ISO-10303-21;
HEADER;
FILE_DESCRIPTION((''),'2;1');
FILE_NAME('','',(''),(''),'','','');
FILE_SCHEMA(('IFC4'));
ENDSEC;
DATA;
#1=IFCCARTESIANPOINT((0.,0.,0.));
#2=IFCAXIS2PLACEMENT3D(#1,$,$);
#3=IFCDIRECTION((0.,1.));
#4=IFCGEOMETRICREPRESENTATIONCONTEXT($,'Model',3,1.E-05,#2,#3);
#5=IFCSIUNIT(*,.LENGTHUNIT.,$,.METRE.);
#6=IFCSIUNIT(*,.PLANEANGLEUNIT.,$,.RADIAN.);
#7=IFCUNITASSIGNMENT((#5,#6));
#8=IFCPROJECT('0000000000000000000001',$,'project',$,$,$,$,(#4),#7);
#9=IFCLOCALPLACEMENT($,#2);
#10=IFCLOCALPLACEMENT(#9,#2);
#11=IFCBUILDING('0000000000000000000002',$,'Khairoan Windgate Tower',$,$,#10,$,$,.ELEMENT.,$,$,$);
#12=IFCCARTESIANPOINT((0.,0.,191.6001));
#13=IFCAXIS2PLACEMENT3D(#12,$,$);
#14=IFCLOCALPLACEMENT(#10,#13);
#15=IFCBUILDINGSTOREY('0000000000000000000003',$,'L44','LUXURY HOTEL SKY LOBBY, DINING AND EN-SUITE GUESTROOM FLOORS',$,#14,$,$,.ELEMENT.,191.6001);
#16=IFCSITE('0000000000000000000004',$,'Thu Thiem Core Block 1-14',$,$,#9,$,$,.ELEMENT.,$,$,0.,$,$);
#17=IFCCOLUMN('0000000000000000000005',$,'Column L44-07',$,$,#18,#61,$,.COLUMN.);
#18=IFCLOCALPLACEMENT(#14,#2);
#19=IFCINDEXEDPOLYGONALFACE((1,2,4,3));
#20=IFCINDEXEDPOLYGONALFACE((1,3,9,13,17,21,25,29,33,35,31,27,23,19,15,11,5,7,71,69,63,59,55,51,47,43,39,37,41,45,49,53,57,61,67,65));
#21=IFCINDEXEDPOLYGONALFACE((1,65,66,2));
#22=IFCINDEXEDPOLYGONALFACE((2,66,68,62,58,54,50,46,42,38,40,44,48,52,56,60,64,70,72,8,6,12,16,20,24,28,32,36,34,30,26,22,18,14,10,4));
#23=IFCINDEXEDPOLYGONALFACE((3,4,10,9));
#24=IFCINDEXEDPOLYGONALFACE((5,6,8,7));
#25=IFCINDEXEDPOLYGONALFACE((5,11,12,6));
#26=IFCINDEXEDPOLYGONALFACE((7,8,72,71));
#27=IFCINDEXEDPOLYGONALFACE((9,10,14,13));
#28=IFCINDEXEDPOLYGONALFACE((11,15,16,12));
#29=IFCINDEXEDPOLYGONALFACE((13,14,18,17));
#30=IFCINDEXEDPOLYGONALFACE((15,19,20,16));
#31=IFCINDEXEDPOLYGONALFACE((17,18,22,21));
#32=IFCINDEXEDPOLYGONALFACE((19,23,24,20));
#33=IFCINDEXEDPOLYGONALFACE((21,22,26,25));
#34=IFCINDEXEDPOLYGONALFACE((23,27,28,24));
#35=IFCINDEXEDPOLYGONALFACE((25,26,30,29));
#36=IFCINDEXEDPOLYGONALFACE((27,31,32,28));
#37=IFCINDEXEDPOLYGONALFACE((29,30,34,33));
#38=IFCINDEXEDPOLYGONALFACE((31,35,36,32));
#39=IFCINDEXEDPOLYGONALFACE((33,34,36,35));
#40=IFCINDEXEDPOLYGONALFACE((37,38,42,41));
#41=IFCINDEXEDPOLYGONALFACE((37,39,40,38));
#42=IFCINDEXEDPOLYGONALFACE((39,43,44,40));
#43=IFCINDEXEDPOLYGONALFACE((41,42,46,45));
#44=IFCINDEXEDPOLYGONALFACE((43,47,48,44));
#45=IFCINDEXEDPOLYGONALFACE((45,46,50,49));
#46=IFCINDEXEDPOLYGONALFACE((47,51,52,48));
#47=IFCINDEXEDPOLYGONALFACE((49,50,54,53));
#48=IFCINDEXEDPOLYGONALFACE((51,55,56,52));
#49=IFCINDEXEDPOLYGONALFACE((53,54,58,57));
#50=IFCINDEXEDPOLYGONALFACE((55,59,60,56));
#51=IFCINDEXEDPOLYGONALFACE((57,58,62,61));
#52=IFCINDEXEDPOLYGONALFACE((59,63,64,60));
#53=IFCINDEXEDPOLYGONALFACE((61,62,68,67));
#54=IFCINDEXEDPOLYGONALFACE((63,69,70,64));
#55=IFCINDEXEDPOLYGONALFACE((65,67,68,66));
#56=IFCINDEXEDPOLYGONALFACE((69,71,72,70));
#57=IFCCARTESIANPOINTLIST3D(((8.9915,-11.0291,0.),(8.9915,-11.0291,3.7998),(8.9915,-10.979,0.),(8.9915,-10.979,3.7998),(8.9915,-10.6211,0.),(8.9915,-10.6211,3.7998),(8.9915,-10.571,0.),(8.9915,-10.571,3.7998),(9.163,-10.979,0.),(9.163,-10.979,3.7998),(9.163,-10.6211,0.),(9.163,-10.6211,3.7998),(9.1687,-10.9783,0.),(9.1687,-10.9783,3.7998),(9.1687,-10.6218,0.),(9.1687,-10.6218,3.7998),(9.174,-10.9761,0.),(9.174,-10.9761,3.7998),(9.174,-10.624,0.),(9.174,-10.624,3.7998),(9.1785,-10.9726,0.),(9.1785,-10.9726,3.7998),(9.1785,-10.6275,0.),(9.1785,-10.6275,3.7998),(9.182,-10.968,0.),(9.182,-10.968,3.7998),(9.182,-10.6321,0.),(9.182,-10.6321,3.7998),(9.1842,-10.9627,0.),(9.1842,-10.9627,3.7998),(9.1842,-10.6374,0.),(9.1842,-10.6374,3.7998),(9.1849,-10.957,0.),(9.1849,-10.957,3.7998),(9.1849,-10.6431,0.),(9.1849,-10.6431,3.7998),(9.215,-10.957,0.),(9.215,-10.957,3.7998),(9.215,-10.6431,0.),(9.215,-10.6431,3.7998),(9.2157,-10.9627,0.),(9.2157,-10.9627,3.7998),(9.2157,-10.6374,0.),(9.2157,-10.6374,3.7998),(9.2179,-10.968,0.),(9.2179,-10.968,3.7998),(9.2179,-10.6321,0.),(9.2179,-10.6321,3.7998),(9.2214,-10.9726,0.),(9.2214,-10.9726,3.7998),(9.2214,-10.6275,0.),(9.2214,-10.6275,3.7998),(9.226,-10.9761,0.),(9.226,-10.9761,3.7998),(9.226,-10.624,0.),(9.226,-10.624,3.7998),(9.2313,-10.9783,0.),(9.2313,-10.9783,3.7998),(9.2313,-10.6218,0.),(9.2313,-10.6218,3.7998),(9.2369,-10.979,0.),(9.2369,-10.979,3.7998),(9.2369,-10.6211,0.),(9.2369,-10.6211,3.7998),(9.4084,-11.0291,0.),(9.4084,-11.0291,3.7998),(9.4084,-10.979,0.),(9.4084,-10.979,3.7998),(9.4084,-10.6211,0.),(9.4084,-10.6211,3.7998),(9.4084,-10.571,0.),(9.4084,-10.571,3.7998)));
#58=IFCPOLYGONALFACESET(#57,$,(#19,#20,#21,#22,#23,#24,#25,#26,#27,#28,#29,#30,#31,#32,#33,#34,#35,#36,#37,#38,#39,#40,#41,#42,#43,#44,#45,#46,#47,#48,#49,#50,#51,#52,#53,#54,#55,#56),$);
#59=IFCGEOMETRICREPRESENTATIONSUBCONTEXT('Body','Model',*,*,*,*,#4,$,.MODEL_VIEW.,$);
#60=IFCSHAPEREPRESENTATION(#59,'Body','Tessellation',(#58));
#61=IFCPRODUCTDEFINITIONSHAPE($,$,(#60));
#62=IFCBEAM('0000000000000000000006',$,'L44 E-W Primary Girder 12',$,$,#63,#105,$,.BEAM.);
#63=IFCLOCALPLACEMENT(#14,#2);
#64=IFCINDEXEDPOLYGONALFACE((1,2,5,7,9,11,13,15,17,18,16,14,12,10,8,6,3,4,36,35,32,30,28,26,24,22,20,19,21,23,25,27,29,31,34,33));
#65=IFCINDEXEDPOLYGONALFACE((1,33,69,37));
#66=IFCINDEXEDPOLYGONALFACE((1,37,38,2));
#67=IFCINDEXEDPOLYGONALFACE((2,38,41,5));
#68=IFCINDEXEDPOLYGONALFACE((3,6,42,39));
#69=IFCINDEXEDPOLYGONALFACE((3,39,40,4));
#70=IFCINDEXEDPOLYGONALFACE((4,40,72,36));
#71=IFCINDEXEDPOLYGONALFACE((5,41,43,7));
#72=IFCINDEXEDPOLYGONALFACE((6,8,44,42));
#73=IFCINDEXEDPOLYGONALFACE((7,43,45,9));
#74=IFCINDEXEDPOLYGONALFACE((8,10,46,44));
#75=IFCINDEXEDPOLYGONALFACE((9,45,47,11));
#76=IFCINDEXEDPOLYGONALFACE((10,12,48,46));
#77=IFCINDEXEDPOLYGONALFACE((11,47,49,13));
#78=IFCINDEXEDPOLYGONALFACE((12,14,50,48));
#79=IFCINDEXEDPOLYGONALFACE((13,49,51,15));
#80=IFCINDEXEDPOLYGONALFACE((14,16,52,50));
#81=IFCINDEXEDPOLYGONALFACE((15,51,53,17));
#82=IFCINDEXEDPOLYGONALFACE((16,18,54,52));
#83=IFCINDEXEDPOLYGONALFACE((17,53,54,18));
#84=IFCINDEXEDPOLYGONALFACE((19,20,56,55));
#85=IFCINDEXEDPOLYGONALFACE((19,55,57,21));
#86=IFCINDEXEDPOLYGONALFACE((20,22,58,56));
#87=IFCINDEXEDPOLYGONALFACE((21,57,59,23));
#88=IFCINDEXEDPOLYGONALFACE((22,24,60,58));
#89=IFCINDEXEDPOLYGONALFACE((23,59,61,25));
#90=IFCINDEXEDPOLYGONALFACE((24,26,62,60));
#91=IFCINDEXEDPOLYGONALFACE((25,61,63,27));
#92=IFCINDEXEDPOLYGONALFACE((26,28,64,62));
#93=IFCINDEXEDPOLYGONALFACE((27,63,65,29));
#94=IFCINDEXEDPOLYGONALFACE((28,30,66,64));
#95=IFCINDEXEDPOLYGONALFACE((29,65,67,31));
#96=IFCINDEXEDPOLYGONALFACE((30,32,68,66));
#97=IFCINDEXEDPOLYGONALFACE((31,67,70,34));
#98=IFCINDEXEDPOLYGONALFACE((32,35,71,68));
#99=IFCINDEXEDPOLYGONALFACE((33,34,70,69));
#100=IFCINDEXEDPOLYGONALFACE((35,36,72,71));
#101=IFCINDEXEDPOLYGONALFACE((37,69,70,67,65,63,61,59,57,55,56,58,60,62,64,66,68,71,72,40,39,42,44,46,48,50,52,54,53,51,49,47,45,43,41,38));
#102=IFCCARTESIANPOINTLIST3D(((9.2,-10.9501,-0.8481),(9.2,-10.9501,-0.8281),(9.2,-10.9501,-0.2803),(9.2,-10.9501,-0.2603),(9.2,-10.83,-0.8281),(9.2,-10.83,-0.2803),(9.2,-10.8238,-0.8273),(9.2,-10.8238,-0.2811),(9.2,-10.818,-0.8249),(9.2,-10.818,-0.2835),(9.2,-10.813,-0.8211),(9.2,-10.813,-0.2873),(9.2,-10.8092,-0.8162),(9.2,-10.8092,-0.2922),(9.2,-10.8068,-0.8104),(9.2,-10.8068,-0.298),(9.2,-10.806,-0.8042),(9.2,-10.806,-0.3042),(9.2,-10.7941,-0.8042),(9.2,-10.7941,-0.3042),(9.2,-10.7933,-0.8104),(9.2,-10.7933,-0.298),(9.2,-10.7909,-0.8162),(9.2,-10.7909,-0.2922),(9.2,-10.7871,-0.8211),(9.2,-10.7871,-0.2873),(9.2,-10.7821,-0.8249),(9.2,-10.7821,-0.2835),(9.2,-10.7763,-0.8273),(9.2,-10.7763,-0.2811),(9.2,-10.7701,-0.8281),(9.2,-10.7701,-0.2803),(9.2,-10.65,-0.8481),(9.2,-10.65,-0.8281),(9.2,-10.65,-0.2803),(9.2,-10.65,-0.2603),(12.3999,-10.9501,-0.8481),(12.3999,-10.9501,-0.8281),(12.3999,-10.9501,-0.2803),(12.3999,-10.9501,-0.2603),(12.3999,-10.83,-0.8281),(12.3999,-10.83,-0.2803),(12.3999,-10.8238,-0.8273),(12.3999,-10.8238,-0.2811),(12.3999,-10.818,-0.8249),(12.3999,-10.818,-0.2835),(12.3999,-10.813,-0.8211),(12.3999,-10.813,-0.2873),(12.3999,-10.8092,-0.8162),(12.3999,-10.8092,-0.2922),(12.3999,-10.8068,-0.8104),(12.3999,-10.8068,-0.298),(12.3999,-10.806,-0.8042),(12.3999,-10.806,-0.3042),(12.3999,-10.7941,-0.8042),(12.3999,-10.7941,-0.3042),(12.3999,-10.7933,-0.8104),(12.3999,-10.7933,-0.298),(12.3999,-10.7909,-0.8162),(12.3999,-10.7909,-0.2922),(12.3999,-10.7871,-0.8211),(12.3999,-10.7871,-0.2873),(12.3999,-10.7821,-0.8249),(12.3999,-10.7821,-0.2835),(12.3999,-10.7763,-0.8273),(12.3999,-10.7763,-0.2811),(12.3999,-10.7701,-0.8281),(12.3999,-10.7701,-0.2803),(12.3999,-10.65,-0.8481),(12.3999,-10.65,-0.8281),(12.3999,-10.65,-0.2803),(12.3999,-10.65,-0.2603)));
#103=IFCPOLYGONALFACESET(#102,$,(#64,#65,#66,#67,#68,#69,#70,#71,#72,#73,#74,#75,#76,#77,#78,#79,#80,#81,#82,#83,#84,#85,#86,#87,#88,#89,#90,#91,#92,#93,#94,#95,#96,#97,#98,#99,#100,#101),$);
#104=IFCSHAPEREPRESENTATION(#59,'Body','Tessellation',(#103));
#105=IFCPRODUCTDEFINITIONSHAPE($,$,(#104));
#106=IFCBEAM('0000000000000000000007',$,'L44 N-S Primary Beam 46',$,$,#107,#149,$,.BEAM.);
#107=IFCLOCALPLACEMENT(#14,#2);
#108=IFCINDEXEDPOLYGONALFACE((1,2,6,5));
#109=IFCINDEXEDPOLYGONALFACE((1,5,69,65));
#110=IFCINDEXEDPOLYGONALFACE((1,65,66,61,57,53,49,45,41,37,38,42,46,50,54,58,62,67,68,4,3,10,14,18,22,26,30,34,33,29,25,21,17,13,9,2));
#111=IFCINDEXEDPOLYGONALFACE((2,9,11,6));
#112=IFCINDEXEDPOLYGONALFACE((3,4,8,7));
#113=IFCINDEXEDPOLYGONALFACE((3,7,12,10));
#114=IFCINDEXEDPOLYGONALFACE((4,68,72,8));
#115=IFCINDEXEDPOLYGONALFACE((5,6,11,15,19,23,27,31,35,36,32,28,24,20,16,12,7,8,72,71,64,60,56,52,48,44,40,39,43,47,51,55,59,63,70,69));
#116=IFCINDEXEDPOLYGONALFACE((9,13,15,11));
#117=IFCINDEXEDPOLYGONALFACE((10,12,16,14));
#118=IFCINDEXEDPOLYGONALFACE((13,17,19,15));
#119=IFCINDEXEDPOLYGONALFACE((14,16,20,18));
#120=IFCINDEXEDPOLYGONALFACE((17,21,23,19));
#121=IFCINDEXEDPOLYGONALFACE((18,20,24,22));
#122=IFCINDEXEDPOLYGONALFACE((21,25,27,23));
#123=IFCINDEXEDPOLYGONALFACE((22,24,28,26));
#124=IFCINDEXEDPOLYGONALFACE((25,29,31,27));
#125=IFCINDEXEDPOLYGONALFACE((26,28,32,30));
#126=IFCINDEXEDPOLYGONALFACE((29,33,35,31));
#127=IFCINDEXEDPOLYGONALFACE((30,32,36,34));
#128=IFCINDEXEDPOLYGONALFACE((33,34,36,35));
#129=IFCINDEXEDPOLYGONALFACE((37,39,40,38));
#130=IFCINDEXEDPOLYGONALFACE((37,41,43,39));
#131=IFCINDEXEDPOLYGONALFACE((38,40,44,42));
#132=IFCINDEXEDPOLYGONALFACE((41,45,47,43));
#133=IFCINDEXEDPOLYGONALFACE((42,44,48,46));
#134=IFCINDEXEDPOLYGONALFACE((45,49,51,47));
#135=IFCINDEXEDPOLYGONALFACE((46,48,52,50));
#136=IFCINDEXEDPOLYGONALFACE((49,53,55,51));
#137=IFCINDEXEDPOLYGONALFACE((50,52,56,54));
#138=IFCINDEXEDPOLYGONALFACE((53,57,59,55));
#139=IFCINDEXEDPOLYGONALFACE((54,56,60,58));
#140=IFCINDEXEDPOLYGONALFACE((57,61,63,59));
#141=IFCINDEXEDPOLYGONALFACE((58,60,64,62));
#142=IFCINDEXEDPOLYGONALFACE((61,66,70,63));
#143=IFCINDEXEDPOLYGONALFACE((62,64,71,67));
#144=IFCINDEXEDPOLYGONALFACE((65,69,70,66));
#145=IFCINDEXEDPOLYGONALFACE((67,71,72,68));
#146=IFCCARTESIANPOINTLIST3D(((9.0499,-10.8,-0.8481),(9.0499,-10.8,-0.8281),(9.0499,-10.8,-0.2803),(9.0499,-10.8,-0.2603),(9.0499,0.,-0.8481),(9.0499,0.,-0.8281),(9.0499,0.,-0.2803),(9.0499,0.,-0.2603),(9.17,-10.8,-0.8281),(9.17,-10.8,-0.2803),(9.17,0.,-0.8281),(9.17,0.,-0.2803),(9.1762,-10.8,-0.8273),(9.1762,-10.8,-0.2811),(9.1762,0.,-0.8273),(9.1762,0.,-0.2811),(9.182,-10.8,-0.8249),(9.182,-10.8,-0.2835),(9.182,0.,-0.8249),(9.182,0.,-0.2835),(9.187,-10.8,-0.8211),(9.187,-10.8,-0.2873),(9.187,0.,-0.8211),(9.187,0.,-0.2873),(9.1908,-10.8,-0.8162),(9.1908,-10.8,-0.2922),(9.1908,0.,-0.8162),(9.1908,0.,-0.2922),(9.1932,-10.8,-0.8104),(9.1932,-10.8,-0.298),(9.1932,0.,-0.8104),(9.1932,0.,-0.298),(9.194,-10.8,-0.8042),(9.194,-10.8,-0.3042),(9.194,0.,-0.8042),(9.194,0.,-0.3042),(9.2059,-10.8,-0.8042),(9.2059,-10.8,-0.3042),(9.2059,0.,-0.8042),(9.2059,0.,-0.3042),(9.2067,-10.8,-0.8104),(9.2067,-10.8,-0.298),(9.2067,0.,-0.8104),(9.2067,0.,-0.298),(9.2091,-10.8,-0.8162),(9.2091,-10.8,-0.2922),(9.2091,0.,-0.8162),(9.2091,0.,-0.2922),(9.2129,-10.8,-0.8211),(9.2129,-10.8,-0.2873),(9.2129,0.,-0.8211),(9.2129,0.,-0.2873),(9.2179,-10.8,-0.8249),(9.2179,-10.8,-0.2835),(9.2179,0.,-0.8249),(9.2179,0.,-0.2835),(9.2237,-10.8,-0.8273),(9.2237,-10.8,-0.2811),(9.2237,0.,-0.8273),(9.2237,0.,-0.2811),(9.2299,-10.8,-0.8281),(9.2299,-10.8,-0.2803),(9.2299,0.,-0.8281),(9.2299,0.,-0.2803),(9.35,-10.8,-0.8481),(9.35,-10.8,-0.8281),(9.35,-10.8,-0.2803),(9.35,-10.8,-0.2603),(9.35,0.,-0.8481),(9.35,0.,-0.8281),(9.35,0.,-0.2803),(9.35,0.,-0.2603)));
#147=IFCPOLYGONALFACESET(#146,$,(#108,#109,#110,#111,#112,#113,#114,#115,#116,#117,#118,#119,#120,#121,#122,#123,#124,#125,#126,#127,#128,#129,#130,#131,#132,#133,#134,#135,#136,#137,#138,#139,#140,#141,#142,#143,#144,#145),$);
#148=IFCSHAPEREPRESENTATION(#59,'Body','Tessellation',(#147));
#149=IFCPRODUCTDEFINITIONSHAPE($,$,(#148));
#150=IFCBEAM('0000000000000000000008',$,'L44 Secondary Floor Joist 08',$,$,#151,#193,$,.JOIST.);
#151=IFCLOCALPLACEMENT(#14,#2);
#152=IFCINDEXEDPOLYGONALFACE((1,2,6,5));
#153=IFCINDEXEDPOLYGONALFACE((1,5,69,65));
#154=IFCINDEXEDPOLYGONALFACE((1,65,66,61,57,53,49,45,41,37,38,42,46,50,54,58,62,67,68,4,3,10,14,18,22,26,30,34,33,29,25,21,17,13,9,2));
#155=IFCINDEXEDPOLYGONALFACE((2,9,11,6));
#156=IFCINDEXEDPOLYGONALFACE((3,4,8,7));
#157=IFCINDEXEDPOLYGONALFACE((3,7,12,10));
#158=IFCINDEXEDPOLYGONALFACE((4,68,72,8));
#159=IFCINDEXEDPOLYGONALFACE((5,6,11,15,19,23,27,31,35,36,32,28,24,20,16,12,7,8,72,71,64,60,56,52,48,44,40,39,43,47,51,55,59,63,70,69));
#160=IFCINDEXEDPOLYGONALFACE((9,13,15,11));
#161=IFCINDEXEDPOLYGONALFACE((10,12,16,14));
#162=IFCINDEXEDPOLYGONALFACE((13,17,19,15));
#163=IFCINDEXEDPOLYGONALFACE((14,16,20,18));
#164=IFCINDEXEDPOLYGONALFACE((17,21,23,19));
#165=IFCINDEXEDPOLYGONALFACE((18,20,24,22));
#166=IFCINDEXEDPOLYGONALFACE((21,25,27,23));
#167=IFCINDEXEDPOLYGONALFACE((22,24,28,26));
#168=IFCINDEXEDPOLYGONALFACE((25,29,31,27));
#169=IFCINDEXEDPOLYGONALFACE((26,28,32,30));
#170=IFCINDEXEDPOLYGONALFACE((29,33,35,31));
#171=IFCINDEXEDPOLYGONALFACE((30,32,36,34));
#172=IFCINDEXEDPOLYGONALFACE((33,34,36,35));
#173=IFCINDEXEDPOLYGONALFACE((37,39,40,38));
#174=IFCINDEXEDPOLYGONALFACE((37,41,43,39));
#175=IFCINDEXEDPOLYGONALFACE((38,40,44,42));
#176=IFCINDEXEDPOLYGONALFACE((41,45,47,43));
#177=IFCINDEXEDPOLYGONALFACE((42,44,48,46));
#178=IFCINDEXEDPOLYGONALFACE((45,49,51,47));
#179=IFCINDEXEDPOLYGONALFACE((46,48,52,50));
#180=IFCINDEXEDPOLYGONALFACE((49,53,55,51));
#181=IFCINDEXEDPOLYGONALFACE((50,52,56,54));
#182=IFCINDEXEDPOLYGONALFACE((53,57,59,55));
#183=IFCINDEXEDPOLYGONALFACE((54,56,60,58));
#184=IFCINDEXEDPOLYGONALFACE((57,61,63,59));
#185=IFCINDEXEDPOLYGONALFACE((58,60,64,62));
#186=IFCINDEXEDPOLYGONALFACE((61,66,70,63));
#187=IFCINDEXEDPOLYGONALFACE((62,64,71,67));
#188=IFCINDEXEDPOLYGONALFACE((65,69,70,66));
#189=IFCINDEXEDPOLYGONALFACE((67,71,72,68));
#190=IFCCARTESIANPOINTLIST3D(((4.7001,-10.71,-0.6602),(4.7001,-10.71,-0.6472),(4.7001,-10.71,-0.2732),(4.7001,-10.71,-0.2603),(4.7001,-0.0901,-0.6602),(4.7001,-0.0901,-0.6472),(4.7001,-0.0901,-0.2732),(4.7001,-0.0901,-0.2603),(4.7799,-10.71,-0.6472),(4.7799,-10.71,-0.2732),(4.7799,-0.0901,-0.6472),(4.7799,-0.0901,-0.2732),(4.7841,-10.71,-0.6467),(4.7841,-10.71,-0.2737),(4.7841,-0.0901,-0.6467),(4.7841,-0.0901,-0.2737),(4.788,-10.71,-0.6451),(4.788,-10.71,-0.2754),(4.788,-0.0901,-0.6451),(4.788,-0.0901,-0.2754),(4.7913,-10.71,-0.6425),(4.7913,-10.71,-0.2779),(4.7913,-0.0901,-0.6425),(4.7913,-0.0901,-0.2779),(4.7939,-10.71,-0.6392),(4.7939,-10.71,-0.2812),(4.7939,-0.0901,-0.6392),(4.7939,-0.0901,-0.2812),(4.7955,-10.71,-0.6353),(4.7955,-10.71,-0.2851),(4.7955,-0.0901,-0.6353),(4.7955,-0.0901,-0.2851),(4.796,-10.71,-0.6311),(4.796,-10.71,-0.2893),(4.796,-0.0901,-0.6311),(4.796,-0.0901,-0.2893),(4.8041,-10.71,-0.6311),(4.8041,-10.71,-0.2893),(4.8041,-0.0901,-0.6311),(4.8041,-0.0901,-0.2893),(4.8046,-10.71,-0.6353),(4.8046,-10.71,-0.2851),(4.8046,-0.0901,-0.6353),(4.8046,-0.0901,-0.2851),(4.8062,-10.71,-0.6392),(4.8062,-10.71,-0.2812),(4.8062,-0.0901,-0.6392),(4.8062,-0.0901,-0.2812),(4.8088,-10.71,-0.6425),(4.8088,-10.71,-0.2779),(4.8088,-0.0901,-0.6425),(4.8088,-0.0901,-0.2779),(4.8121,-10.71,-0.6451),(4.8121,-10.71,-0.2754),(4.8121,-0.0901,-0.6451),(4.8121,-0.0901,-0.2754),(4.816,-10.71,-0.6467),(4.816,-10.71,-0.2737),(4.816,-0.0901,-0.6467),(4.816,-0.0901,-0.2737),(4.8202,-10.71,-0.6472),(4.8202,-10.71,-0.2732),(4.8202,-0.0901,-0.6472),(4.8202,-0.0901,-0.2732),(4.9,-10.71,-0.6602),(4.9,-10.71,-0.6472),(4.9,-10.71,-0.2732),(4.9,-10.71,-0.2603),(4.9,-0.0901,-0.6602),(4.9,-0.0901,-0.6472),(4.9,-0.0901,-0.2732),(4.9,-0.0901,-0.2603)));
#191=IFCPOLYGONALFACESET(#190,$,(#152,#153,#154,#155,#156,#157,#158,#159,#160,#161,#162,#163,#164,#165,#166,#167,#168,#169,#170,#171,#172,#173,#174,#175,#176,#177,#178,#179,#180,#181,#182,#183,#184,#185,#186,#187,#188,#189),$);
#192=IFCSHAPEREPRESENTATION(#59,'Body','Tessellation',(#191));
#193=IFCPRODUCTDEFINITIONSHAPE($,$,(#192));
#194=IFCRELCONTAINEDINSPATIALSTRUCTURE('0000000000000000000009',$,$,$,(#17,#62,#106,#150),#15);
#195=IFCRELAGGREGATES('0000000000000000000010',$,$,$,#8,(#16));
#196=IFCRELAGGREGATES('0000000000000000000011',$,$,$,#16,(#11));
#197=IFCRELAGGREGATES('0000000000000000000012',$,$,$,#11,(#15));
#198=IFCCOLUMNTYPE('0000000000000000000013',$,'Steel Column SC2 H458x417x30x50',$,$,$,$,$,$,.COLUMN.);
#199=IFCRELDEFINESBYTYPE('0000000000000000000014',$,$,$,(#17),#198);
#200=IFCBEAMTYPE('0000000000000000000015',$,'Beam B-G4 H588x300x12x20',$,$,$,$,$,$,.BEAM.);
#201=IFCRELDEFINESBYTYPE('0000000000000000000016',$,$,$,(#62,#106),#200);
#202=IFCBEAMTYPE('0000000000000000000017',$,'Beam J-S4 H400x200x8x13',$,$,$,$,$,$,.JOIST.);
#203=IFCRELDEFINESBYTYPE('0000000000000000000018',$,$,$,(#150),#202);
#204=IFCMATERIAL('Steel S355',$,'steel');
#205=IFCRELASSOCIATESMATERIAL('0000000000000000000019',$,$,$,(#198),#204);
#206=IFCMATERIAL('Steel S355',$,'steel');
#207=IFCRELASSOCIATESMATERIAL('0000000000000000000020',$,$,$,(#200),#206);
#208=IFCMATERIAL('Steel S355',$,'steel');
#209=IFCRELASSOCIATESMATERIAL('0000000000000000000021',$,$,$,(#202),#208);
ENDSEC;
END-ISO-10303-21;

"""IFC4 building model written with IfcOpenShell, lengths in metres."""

from ifc_helpers import new_model, si_unit, direction, frame, origin, origin_2d, place, context, subcontext, project, spatial, i_section, extrude, material, material_profile, profile_set, type_object, element, save


model = new_model("IFC4")

# Units and contexts
model_context = context("Model", 3, precision=1e-05, world=origin(), true_north=direction((0.0, 1.0)))
body_context = subcontext(model_context, "Body", "Model", "MODEL_VIEW")
ifc_project = project(units=[si_unit("LENGTHUNIT", "METRE"), si_unit("PLANEANGLEUNIT", "RADIAN")], contexts=[model_context])

# Site, building, storey
site_placement = place(None, origin())
site = spatial("IfcSite", under=ifc_project, at=site_placement, Name="Thu Thiem Core Block 1-14", CompositionType="ELEMENT", RefElevation=0.0)
building_placement = place(site_placement, origin())
building = spatial("IfcBuilding", under=site, at=building_placement, Name="Khairoan Windgate Tower", CompositionType="ELEMENT")
storey_placement = place(building_placement, frame((0.0, 0.0, 191.6001)))
storey = spatial("IfcBuildingStorey", under=building, at=storey_placement, Name="L44", Description="LUXURY HOTEL SKY LOBBY, DINING AND EN-SUITE GUESTROOM FLOORS", CompositionType="ELEMENT", Elevation=191.6001)

# Column
ifc_material_1 = material(Name="Steel S355", Category="steel")
ifc_material_profile_1 = material_profile(ifc_material_1, i_section(OverallWidth=0.417, OverallDepth=0.458, WebThickness=0.03, FlangeThickness=0.05, FilletRadius=0.022, at=origin_2d()))
ifc_profile_set_1 = profile_set([ifc_material_profile_1], Name="Steel S355")
column_type = type_object("IfcColumnType", Name="Steel Column SC2 H458x417x30x50", PredefinedType="COLUMN", material=ifc_profile_set_1)
column_placement = place(storey_placement, frame((9.2, -10.8, 0.0), z_axis=(0.0, 0.0, 1.0), x_axis=(1.0, 0.0, 0.0)))
element("IfcColumn", 1, at=column_placement, inside=storey, type_object=column_type, Name="Column L44-07", PredefinedType="COLUMN", context=body_context, shape_type="SweptSolid", body=[
    extrude(i_section(OverallWidth=0.417, OverallDepth=0.458, WebThickness=0.03, FlangeThickness=0.05, FilletRadius=0.022, at=origin_2d()), origin(), (0.0, 0.0, 1.0), 3.7998),
])

# Beams
ifc_material_2 = material(Name="Steel S355", Category="steel")
ifc_material_profile_2 = material_profile(ifc_material_2, i_section(OverallWidth=0.3, OverallDepth=0.5879, WebThickness=0.012, FlangeThickness=0.02, FilletRadius=0.0239, at=origin_2d()))
ifc_profile_set_2 = profile_set([ifc_material_profile_2], Name="Steel S355")
beam_type_1 = type_object("IfcBeamType", Name="Beam B-G4 H588x300x12x20", PredefinedType="BEAM", material=ifc_profile_set_2)
beam_1_placement = place(storey_placement, frame((9.2, -10.8, -0.5542), z_axis=(1.0, 0.0, 0.0), x_axis=(0.0, 1.0, 0.0)))
element("IfcBeam", 2, at=beam_1_placement, inside=storey, type_object=beam_type_1, Name="L44 E-W Primary Girder 12", PredefinedType="BEAM", context=body_context, shape_type="SweptSolid", body=[
    extrude(i_section(OverallWidth=0.3, OverallDepth=0.5879, WebThickness=0.012, FlangeThickness=0.02, FilletRadius=0.0239, at=origin_2d()), origin(), (0.0, 0.0, 1.0), 3.2),
])
beam_2_placement = place(storey_placement, frame((9.2, -10.8, -0.5542), z_axis=(0.0, 1.0, 0.0), x_axis=(-1.0, 0.0, 0.0)))
element("IfcBeam", 3, at=beam_2_placement, inside=storey, type_object=beam_type_1, Name="L44 N-S Primary Beam 46", PredefinedType="BEAM", context=body_context, shape_type="SweptSolid", body=[
    extrude(i_section(OverallWidth=0.3, OverallDepth=0.5879, WebThickness=0.012, FlangeThickness=0.02, FilletRadius=0.0239, at=origin_2d()), origin(), (0.0, 0.0, 1.0), 10.8),
])
ifc_material_3 = material(Name="Steel S355", Category="steel")
ifc_material_profile_3 = material_profile(ifc_material_3, i_section(OverallWidth=0.2, OverallDepth=0.3999, WebThickness=0.0081, FlangeThickness=0.0129, FilletRadius=0.0161, at=origin_2d()))
ifc_profile_set_3 = profile_set([ifc_material_profile_3], Name="Steel S355")
beam_type_2 = type_object("IfcBeamType", Name="Beam J-S4 H400x200x8x13", PredefinedType="JOIST", material=ifc_profile_set_3)
beam_3_placement = place(storey_placement, frame((4.8, -10.71, -0.4602), z_axis=(0.0, 1.0, 0.0), x_axis=(-1.0, 0.0, 0.0)))
element("IfcBeam", 4, at=beam_3_placement, inside=storey, type_object=beam_type_2, Name="L44 Secondary Floor Joist 08", PredefinedType="JOIST", context=body_context, shape_type="SweptSolid", body=[
    extrude(i_section(OverallWidth=0.2, OverallDepth=0.3999, WebThickness=0.0081, FlangeThickness=0.0129, FilletRadius=0.0161, at=origin_2d()), origin(), (0.0, 0.0, 1.0), 10.6199),
])

save(model, "model.ifc")
